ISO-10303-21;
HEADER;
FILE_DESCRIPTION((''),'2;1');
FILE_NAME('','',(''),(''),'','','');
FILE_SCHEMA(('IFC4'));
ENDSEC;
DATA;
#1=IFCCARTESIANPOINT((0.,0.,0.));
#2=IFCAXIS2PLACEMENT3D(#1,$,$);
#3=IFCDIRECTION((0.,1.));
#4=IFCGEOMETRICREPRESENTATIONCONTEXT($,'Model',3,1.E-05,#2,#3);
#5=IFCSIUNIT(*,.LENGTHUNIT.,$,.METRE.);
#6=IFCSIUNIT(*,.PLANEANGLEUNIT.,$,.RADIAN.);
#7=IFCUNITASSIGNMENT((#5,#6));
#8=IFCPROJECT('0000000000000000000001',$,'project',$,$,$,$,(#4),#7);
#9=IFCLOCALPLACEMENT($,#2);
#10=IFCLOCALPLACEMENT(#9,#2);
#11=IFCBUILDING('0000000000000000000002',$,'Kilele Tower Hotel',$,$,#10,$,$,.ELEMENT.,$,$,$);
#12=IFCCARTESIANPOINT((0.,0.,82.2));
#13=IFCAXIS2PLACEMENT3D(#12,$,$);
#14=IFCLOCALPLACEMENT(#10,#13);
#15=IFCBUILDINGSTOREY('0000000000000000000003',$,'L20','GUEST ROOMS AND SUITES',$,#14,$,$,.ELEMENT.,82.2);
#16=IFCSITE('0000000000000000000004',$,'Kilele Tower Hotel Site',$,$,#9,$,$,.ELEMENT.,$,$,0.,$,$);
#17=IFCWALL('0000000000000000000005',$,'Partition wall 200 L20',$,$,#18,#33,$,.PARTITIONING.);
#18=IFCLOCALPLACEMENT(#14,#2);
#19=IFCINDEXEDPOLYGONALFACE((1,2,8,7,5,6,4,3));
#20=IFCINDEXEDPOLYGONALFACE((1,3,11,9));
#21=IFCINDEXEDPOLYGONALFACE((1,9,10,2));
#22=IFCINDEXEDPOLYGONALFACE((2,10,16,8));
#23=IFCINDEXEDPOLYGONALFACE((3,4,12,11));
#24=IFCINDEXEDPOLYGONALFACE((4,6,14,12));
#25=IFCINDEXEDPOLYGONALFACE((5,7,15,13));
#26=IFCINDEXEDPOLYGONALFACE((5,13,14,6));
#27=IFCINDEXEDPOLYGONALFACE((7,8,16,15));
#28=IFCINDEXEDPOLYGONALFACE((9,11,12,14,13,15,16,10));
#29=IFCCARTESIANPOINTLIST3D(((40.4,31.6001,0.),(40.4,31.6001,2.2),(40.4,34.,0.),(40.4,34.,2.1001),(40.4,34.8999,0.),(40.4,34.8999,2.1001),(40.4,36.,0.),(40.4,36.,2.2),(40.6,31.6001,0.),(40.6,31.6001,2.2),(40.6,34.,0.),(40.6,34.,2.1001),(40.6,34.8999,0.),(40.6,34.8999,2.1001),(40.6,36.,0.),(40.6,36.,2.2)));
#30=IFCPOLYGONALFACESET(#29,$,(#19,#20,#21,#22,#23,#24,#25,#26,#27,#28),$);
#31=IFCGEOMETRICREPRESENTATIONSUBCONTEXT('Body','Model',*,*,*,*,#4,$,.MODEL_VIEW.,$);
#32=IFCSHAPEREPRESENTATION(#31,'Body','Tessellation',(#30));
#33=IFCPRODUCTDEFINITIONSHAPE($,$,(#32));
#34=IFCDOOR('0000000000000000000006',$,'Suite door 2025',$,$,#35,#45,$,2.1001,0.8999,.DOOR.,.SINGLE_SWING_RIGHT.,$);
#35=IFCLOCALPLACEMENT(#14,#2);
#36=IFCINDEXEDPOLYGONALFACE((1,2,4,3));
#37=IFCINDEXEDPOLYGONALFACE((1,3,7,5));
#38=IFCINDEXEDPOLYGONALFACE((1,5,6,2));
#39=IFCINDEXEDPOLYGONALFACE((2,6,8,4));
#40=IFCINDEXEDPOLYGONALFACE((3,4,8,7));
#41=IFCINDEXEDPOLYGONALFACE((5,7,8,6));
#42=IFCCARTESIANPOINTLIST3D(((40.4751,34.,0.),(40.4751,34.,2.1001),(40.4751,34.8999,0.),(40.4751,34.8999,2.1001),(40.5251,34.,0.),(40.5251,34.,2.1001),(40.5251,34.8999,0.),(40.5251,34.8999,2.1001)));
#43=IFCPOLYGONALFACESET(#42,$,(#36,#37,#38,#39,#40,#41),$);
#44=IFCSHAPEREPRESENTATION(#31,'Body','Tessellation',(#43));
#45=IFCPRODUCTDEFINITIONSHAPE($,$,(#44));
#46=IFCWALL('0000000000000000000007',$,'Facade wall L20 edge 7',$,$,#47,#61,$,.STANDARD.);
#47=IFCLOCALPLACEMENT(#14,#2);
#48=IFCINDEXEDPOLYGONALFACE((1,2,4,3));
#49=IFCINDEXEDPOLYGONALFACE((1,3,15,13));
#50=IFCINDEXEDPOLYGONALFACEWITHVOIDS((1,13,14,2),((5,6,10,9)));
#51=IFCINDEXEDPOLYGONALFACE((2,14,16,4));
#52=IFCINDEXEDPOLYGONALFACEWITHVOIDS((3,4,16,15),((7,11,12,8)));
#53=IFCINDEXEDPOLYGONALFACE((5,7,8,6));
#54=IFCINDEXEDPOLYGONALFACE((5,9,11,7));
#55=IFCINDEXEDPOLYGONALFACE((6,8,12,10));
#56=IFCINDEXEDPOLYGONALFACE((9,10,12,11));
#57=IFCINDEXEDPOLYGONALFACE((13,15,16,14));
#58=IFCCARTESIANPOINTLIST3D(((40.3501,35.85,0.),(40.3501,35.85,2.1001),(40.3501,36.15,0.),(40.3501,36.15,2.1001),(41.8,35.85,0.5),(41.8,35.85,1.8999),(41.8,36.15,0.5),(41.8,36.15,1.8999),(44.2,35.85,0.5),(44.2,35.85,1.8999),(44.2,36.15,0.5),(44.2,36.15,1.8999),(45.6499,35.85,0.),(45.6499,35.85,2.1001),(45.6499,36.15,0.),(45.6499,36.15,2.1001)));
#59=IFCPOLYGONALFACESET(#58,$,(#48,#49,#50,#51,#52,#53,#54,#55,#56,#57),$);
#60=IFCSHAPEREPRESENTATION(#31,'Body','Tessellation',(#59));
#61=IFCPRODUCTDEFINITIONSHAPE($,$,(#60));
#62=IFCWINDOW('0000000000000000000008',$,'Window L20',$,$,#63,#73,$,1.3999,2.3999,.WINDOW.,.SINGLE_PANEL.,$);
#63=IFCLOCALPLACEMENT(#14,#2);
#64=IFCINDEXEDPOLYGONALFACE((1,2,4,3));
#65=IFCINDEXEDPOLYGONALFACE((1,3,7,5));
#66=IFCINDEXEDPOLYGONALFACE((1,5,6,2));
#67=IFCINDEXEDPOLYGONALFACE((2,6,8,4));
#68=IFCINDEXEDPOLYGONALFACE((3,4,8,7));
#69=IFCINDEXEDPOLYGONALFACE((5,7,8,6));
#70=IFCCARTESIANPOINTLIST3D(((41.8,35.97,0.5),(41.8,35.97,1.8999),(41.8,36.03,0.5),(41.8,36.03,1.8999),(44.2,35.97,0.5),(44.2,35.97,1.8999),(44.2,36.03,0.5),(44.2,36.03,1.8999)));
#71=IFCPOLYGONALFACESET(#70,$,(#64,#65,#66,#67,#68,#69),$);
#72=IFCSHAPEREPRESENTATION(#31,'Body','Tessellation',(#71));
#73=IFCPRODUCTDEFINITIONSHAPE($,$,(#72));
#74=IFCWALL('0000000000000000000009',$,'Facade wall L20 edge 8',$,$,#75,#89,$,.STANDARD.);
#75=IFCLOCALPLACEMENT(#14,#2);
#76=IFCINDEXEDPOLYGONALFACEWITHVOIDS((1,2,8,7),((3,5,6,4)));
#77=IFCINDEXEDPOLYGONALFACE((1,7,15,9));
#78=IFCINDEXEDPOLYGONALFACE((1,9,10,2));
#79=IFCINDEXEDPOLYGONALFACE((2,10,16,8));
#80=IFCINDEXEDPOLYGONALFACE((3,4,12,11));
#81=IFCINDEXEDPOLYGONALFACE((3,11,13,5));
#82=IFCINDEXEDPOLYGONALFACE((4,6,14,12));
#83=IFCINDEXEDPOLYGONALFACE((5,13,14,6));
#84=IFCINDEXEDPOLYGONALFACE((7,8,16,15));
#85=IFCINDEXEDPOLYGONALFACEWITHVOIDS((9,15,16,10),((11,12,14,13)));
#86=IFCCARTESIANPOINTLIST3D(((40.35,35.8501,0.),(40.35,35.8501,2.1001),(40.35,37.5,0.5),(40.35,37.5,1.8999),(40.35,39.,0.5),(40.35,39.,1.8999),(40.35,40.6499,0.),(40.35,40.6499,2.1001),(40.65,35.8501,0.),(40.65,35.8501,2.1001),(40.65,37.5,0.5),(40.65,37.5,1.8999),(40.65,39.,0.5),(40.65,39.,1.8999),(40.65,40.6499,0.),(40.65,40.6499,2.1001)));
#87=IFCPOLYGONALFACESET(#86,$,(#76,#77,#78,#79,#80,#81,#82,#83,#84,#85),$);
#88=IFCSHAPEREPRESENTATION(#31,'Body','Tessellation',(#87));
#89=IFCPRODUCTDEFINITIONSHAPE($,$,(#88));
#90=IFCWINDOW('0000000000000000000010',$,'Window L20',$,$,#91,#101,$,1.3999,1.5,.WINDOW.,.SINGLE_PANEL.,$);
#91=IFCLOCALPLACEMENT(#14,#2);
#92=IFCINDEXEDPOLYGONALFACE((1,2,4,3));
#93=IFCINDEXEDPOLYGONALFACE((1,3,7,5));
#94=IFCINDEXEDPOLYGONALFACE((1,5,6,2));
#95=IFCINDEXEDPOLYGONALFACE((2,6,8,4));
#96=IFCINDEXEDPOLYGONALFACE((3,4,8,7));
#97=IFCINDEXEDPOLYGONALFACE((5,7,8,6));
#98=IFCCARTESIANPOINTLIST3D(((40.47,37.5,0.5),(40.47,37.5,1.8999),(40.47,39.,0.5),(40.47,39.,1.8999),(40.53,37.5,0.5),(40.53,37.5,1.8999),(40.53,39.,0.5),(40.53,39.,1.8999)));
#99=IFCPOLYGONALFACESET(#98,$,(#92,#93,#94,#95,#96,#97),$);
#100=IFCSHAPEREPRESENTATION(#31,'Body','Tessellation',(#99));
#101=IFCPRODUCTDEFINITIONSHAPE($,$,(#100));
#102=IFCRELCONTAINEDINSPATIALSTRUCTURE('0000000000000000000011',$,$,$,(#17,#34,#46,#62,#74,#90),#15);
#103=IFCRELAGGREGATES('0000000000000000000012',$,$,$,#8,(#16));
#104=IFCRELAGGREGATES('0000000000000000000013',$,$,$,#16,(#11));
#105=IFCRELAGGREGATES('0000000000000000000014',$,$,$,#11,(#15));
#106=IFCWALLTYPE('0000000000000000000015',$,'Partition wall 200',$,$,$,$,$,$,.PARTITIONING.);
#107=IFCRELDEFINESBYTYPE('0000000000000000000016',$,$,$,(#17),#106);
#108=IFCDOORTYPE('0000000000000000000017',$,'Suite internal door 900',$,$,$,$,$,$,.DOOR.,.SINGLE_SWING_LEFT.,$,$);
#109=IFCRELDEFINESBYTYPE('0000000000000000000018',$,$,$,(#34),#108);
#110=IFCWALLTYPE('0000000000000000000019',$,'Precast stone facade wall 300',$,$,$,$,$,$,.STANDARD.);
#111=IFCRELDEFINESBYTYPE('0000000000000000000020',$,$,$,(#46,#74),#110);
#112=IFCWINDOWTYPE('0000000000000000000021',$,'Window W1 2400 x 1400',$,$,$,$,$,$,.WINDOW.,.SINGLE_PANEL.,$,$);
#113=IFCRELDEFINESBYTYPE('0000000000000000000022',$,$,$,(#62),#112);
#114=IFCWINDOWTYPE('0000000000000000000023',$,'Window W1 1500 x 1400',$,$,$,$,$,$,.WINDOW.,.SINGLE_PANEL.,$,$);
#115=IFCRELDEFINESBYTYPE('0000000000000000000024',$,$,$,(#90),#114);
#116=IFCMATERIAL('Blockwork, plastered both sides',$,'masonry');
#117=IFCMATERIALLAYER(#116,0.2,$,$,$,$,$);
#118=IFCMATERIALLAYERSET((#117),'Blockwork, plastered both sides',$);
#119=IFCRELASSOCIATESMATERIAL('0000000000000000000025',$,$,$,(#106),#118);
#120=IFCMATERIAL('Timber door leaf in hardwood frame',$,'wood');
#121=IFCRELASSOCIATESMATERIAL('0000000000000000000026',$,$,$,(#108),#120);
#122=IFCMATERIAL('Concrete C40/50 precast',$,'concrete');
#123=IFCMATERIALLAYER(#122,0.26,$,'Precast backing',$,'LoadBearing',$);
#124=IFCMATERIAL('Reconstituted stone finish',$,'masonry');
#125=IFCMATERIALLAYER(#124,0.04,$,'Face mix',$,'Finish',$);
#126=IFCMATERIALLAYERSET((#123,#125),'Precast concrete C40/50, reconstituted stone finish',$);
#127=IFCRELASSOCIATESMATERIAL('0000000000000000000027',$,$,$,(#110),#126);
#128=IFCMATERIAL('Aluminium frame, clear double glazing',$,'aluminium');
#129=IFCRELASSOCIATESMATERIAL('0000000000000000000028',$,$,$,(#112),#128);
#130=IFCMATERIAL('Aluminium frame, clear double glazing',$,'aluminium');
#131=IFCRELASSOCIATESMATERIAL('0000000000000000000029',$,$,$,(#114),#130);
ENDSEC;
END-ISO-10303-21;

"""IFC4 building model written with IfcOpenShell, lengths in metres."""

from ifc_helpers import new_model, si_unit, direction, frame, frame_2d, origin, place, context, subcontext, project, spatial, rectangle, extrude, material, layer, layer_set, type_object, element, fill, save


model = new_model("IFC4")

# Units and contexts
model_context = context("Model", 3, precision=1e-05, world=origin(), true_north=direction((0.0, 1.0)))
body_context = subcontext(model_context, "Body", "Model", "MODEL_VIEW")
ifc_project = project(units=[si_unit("LENGTHUNIT", "METRE"), si_unit("PLANEANGLEUNIT", "RADIAN")], contexts=[model_context])

# Site, building, storey
site_placement = place(None, origin())
site = spatial("IfcSite", under=ifc_project, at=site_placement, Name="Kilele Tower Hotel Site", CompositionType="ELEMENT", RefElevation=0.0)
building_placement = place(site_placement, origin())
building = spatial("IfcBuilding", under=site, at=building_placement, Name="Kilele Tower Hotel", CompositionType="ELEMENT")
storey_placement = place(building_placement, frame((0.0, 0.0, 82.2)))
storey = spatial("IfcBuildingStorey", under=building, at=storey_placement, Name="L20", Description="GUEST ROOMS AND SUITES", CompositionType="ELEMENT", Elevation=82.2)

# Wall, opening, door
ifc_material_1 = material(Name="Blockwork, plastered both sides", Category="masonry")
ifc_layer_1 = layer(ifc_material_1, 0.2)
ifc_layer_set_1 = layer_set([ifc_layer_1], Name="Blockwork, plastered both sides")
wall_type_1 = type_object("IfcWallType", Name="Partition wall 200", PredefinedType="PARTITIONING", material=ifc_layer_set_1)
wall_1_placement = place(storey_placement, frame((40.5, 31.6001, 0.0), z_axis=(0.0, 0.0, 1.0), x_axis=(0.0, 1.0, 0.0)))
wall_1 = element("IfcWall", 1, at=wall_1_placement, inside=storey, type_object=wall_type_1, Name="Partition wall 200 L20", PredefinedType="PARTITIONING", context=body_context, shape_type="SweptSolid", body=[
    extrude(rectangle(XDim=4.3999, YDim=0.2, at=frame_2d((2.2, 0.0))), origin(), (0.0, 0.0, 1.0), 2.2),
])
opening_1_placement = place(wall_1_placement, frame((2.3999, 0.0, 0.0)))
opening_1 = element("IfcOpeningElement", 2, at=opening_1_placement, cuts=wall_1, PredefinedType="OPENING", context=body_context, shape_type="SweptSolid", body=[
    extrude(rectangle(XDim=0.8999, YDim=2.1001, at=frame_2d((0.45, 1.05))), frame((0.0, 0.1099, 0.0), z_axis=(0.0, -1.0, 0.0), x_axis=(1.0, 0.0, 0.0)), (0.0, 0.0, 1.0), 0.22),
])
ifc_material_2 = material(Name="Timber door leaf in hardwood frame", Category="wood")
door_type_1 = type_object("IfcDoorType", Name="Suite internal door 900", OperationType="SINGLE_SWING_LEFT", PredefinedType="DOOR", material=ifc_material_2)
door_1_placement = place(opening_1_placement, origin())
door_1 = element("IfcDoor", 3, at=door_1_placement, inside=storey, type_object=door_type_1, Name="Suite door 2025", OperationType="SINGLE_SWING_RIGHT", OverallHeight=2.1001, OverallWidth=0.8999, PredefinedType="DOOR", context=body_context, shape_type="SweptSolid", body=[
    extrude(rectangle(XDim=0.8999, YDim=2.1001, at=frame_2d((0.45, 1.05))), frame((0.0, 0.0249, 0.0), z_axis=(0.0, -1.0, 0.0), x_axis=(1.0, 0.0, 0.0)), (0.0, 0.0, 1.0), 0.05),
])
fill(opening_1, door_1)

# Walls, openings, windows
ifc_material_3 = material(Name="Concrete C40/50 precast", Category="concrete")
ifc_layer_2 = layer(ifc_material_3, 0.26, Name="Precast backing", Category="LoadBearing")
ifc_material_4 = material(Name="Reconstituted stone finish", Category="masonry")
ifc_layer_3 = layer(ifc_material_4, 0.04, Name="Face mix", Category="Finish")
ifc_layer_set_2 = layer_set([ifc_layer_2, ifc_layer_3], Name="Precast concrete C40/50, reconstituted stone finish")
wall_type_2 = type_object("IfcWallType", Name="Precast stone facade wall 300", PredefinedType="STANDARD", material=ifc_layer_set_2)
wall_2_placement = place(storey_placement, frame((45.6499, 36.0, 0.0), z_axis=(0.0, 0.0, 1.0), x_axis=(-1.0, 0.0, 0.0)))
wall_2 = element("IfcWall", 4, at=wall_2_placement, inside=storey, type_object=wall_type_2, Name="Facade wall L20 edge 7", PredefinedType="STANDARD", context=body_context, shape_type="SweptSolid", body=[
    extrude(rectangle(XDim=5.2998, YDim=0.3, at=frame_2d((2.6499, 0.0))), origin(), (0.0, 0.0, 1.0), 2.1001),
])
opening_2_placement = place(wall_2_placement, frame((1.45, 0.0, 0.5)))
opening_2 = element("IfcOpeningElement", 5, at=opening_2_placement, cuts=wall_2, PredefinedType="OPENING", context=body_context, shape_type="SweptSolid", body=[
    extrude(rectangle(XDim=2.3999, YDim=1.3999, at=frame_2d((1.2, 0.7))), frame((0.0, 0.1599, 0.0), z_axis=(0.0, -1.0, 0.0), x_axis=(1.0, 0.0, 0.0)), (0.0, 0.0, 1.0), 0.3201),
])
ifc_material_5 = material(Name="Aluminium frame, clear double glazing", Category="aluminium")
window_type_1 = type_object("IfcWindowType", Name="Window W1 2400 x 1400", PartitioningType="SINGLE_PANEL", PredefinedType="WINDOW", material=ifc_material_5)
window_1_placement = place(opening_2_placement, origin())
window_1 = element("IfcWindow", 6, at=window_1_placement, inside=storey, type_object=window_type_1, Name="Window L20", OverallHeight=1.3999, OverallWidth=2.3999, PartitioningType="SINGLE_PANEL", PredefinedType="WINDOW", context=body_context, shape_type="SweptSolid", body=[
    extrude(rectangle(XDim=2.3999, YDim=1.3999, at=frame_2d((1.2, 0.7))), frame((0.0, 0.03, 0.0), z_axis=(0.0, -1.0, 0.0), x_axis=(1.0, 0.0, 0.0)), (0.0, 0.0, 1.0), 0.0601),
])
fill(opening_2, window_1)
wall_3_placement = place(storey_placement, frame((40.5, 35.8501, 0.0), z_axis=(0.0, 0.0, 1.0), x_axis=(0.0, 1.0, 0.0)))
wall_3 = element("IfcWall", 7, at=wall_3_placement, inside=storey, type_object=wall_type_2, Name="Facade wall L20 edge 8", PredefinedType="STANDARD", context=body_context, shape_type="SweptSolid", body=[
    extrude(rectangle(XDim=4.7998, YDim=0.3, at=frame_2d((2.3999, 0.0))), origin(), (0.0, 0.0, 1.0), 2.1001),
])
opening_3_placement = place(wall_3_placement, frame((1.6499, 0.0, 0.5)))
opening_3 = element("IfcOpeningElement", 8, at=opening_3_placement, cuts=wall_3, PredefinedType="OPENING", context=body_context, shape_type="SweptSolid", body=[
    extrude(rectangle(XDim=1.5, YDim=1.3999, at=frame_2d((0.75, 0.7))), frame((0.0, 0.1599, 0.0), z_axis=(0.0, -1.0, 0.0), x_axis=(1.0, 0.0, 0.0)), (0.0, 0.0, 1.0), 0.3201),
])
ifc_material_6 = material(Name="Aluminium frame, clear double glazing", Category="aluminium")
window_type_2 = type_object("IfcWindowType", Name="Window W1 1500 x 1400", PartitioningType="SINGLE_PANEL", PredefinedType="WINDOW", material=ifc_material_6)
window_2_placement = place(opening_3_placement, origin())
window_2 = element("IfcWindow", 9, at=window_2_placement, inside=storey, type_object=window_type_2, Name="Window L20", OverallHeight=1.3999, OverallWidth=1.5, PartitioningType="SINGLE_PANEL", PredefinedType="WINDOW", context=body_context, shape_type="SweptSolid", body=[
    extrude(rectangle(XDim=1.5, YDim=1.3999, at=frame_2d((0.75, 0.7))), frame((0.0, 0.03, 0.0), z_axis=(0.0, -1.0, 0.0), x_axis=(1.0, 0.0, 0.0)), (0.0, 0.0, 1.0), 0.0601),
])
fill(opening_3, window_2)

save(model, "model.ifc")
